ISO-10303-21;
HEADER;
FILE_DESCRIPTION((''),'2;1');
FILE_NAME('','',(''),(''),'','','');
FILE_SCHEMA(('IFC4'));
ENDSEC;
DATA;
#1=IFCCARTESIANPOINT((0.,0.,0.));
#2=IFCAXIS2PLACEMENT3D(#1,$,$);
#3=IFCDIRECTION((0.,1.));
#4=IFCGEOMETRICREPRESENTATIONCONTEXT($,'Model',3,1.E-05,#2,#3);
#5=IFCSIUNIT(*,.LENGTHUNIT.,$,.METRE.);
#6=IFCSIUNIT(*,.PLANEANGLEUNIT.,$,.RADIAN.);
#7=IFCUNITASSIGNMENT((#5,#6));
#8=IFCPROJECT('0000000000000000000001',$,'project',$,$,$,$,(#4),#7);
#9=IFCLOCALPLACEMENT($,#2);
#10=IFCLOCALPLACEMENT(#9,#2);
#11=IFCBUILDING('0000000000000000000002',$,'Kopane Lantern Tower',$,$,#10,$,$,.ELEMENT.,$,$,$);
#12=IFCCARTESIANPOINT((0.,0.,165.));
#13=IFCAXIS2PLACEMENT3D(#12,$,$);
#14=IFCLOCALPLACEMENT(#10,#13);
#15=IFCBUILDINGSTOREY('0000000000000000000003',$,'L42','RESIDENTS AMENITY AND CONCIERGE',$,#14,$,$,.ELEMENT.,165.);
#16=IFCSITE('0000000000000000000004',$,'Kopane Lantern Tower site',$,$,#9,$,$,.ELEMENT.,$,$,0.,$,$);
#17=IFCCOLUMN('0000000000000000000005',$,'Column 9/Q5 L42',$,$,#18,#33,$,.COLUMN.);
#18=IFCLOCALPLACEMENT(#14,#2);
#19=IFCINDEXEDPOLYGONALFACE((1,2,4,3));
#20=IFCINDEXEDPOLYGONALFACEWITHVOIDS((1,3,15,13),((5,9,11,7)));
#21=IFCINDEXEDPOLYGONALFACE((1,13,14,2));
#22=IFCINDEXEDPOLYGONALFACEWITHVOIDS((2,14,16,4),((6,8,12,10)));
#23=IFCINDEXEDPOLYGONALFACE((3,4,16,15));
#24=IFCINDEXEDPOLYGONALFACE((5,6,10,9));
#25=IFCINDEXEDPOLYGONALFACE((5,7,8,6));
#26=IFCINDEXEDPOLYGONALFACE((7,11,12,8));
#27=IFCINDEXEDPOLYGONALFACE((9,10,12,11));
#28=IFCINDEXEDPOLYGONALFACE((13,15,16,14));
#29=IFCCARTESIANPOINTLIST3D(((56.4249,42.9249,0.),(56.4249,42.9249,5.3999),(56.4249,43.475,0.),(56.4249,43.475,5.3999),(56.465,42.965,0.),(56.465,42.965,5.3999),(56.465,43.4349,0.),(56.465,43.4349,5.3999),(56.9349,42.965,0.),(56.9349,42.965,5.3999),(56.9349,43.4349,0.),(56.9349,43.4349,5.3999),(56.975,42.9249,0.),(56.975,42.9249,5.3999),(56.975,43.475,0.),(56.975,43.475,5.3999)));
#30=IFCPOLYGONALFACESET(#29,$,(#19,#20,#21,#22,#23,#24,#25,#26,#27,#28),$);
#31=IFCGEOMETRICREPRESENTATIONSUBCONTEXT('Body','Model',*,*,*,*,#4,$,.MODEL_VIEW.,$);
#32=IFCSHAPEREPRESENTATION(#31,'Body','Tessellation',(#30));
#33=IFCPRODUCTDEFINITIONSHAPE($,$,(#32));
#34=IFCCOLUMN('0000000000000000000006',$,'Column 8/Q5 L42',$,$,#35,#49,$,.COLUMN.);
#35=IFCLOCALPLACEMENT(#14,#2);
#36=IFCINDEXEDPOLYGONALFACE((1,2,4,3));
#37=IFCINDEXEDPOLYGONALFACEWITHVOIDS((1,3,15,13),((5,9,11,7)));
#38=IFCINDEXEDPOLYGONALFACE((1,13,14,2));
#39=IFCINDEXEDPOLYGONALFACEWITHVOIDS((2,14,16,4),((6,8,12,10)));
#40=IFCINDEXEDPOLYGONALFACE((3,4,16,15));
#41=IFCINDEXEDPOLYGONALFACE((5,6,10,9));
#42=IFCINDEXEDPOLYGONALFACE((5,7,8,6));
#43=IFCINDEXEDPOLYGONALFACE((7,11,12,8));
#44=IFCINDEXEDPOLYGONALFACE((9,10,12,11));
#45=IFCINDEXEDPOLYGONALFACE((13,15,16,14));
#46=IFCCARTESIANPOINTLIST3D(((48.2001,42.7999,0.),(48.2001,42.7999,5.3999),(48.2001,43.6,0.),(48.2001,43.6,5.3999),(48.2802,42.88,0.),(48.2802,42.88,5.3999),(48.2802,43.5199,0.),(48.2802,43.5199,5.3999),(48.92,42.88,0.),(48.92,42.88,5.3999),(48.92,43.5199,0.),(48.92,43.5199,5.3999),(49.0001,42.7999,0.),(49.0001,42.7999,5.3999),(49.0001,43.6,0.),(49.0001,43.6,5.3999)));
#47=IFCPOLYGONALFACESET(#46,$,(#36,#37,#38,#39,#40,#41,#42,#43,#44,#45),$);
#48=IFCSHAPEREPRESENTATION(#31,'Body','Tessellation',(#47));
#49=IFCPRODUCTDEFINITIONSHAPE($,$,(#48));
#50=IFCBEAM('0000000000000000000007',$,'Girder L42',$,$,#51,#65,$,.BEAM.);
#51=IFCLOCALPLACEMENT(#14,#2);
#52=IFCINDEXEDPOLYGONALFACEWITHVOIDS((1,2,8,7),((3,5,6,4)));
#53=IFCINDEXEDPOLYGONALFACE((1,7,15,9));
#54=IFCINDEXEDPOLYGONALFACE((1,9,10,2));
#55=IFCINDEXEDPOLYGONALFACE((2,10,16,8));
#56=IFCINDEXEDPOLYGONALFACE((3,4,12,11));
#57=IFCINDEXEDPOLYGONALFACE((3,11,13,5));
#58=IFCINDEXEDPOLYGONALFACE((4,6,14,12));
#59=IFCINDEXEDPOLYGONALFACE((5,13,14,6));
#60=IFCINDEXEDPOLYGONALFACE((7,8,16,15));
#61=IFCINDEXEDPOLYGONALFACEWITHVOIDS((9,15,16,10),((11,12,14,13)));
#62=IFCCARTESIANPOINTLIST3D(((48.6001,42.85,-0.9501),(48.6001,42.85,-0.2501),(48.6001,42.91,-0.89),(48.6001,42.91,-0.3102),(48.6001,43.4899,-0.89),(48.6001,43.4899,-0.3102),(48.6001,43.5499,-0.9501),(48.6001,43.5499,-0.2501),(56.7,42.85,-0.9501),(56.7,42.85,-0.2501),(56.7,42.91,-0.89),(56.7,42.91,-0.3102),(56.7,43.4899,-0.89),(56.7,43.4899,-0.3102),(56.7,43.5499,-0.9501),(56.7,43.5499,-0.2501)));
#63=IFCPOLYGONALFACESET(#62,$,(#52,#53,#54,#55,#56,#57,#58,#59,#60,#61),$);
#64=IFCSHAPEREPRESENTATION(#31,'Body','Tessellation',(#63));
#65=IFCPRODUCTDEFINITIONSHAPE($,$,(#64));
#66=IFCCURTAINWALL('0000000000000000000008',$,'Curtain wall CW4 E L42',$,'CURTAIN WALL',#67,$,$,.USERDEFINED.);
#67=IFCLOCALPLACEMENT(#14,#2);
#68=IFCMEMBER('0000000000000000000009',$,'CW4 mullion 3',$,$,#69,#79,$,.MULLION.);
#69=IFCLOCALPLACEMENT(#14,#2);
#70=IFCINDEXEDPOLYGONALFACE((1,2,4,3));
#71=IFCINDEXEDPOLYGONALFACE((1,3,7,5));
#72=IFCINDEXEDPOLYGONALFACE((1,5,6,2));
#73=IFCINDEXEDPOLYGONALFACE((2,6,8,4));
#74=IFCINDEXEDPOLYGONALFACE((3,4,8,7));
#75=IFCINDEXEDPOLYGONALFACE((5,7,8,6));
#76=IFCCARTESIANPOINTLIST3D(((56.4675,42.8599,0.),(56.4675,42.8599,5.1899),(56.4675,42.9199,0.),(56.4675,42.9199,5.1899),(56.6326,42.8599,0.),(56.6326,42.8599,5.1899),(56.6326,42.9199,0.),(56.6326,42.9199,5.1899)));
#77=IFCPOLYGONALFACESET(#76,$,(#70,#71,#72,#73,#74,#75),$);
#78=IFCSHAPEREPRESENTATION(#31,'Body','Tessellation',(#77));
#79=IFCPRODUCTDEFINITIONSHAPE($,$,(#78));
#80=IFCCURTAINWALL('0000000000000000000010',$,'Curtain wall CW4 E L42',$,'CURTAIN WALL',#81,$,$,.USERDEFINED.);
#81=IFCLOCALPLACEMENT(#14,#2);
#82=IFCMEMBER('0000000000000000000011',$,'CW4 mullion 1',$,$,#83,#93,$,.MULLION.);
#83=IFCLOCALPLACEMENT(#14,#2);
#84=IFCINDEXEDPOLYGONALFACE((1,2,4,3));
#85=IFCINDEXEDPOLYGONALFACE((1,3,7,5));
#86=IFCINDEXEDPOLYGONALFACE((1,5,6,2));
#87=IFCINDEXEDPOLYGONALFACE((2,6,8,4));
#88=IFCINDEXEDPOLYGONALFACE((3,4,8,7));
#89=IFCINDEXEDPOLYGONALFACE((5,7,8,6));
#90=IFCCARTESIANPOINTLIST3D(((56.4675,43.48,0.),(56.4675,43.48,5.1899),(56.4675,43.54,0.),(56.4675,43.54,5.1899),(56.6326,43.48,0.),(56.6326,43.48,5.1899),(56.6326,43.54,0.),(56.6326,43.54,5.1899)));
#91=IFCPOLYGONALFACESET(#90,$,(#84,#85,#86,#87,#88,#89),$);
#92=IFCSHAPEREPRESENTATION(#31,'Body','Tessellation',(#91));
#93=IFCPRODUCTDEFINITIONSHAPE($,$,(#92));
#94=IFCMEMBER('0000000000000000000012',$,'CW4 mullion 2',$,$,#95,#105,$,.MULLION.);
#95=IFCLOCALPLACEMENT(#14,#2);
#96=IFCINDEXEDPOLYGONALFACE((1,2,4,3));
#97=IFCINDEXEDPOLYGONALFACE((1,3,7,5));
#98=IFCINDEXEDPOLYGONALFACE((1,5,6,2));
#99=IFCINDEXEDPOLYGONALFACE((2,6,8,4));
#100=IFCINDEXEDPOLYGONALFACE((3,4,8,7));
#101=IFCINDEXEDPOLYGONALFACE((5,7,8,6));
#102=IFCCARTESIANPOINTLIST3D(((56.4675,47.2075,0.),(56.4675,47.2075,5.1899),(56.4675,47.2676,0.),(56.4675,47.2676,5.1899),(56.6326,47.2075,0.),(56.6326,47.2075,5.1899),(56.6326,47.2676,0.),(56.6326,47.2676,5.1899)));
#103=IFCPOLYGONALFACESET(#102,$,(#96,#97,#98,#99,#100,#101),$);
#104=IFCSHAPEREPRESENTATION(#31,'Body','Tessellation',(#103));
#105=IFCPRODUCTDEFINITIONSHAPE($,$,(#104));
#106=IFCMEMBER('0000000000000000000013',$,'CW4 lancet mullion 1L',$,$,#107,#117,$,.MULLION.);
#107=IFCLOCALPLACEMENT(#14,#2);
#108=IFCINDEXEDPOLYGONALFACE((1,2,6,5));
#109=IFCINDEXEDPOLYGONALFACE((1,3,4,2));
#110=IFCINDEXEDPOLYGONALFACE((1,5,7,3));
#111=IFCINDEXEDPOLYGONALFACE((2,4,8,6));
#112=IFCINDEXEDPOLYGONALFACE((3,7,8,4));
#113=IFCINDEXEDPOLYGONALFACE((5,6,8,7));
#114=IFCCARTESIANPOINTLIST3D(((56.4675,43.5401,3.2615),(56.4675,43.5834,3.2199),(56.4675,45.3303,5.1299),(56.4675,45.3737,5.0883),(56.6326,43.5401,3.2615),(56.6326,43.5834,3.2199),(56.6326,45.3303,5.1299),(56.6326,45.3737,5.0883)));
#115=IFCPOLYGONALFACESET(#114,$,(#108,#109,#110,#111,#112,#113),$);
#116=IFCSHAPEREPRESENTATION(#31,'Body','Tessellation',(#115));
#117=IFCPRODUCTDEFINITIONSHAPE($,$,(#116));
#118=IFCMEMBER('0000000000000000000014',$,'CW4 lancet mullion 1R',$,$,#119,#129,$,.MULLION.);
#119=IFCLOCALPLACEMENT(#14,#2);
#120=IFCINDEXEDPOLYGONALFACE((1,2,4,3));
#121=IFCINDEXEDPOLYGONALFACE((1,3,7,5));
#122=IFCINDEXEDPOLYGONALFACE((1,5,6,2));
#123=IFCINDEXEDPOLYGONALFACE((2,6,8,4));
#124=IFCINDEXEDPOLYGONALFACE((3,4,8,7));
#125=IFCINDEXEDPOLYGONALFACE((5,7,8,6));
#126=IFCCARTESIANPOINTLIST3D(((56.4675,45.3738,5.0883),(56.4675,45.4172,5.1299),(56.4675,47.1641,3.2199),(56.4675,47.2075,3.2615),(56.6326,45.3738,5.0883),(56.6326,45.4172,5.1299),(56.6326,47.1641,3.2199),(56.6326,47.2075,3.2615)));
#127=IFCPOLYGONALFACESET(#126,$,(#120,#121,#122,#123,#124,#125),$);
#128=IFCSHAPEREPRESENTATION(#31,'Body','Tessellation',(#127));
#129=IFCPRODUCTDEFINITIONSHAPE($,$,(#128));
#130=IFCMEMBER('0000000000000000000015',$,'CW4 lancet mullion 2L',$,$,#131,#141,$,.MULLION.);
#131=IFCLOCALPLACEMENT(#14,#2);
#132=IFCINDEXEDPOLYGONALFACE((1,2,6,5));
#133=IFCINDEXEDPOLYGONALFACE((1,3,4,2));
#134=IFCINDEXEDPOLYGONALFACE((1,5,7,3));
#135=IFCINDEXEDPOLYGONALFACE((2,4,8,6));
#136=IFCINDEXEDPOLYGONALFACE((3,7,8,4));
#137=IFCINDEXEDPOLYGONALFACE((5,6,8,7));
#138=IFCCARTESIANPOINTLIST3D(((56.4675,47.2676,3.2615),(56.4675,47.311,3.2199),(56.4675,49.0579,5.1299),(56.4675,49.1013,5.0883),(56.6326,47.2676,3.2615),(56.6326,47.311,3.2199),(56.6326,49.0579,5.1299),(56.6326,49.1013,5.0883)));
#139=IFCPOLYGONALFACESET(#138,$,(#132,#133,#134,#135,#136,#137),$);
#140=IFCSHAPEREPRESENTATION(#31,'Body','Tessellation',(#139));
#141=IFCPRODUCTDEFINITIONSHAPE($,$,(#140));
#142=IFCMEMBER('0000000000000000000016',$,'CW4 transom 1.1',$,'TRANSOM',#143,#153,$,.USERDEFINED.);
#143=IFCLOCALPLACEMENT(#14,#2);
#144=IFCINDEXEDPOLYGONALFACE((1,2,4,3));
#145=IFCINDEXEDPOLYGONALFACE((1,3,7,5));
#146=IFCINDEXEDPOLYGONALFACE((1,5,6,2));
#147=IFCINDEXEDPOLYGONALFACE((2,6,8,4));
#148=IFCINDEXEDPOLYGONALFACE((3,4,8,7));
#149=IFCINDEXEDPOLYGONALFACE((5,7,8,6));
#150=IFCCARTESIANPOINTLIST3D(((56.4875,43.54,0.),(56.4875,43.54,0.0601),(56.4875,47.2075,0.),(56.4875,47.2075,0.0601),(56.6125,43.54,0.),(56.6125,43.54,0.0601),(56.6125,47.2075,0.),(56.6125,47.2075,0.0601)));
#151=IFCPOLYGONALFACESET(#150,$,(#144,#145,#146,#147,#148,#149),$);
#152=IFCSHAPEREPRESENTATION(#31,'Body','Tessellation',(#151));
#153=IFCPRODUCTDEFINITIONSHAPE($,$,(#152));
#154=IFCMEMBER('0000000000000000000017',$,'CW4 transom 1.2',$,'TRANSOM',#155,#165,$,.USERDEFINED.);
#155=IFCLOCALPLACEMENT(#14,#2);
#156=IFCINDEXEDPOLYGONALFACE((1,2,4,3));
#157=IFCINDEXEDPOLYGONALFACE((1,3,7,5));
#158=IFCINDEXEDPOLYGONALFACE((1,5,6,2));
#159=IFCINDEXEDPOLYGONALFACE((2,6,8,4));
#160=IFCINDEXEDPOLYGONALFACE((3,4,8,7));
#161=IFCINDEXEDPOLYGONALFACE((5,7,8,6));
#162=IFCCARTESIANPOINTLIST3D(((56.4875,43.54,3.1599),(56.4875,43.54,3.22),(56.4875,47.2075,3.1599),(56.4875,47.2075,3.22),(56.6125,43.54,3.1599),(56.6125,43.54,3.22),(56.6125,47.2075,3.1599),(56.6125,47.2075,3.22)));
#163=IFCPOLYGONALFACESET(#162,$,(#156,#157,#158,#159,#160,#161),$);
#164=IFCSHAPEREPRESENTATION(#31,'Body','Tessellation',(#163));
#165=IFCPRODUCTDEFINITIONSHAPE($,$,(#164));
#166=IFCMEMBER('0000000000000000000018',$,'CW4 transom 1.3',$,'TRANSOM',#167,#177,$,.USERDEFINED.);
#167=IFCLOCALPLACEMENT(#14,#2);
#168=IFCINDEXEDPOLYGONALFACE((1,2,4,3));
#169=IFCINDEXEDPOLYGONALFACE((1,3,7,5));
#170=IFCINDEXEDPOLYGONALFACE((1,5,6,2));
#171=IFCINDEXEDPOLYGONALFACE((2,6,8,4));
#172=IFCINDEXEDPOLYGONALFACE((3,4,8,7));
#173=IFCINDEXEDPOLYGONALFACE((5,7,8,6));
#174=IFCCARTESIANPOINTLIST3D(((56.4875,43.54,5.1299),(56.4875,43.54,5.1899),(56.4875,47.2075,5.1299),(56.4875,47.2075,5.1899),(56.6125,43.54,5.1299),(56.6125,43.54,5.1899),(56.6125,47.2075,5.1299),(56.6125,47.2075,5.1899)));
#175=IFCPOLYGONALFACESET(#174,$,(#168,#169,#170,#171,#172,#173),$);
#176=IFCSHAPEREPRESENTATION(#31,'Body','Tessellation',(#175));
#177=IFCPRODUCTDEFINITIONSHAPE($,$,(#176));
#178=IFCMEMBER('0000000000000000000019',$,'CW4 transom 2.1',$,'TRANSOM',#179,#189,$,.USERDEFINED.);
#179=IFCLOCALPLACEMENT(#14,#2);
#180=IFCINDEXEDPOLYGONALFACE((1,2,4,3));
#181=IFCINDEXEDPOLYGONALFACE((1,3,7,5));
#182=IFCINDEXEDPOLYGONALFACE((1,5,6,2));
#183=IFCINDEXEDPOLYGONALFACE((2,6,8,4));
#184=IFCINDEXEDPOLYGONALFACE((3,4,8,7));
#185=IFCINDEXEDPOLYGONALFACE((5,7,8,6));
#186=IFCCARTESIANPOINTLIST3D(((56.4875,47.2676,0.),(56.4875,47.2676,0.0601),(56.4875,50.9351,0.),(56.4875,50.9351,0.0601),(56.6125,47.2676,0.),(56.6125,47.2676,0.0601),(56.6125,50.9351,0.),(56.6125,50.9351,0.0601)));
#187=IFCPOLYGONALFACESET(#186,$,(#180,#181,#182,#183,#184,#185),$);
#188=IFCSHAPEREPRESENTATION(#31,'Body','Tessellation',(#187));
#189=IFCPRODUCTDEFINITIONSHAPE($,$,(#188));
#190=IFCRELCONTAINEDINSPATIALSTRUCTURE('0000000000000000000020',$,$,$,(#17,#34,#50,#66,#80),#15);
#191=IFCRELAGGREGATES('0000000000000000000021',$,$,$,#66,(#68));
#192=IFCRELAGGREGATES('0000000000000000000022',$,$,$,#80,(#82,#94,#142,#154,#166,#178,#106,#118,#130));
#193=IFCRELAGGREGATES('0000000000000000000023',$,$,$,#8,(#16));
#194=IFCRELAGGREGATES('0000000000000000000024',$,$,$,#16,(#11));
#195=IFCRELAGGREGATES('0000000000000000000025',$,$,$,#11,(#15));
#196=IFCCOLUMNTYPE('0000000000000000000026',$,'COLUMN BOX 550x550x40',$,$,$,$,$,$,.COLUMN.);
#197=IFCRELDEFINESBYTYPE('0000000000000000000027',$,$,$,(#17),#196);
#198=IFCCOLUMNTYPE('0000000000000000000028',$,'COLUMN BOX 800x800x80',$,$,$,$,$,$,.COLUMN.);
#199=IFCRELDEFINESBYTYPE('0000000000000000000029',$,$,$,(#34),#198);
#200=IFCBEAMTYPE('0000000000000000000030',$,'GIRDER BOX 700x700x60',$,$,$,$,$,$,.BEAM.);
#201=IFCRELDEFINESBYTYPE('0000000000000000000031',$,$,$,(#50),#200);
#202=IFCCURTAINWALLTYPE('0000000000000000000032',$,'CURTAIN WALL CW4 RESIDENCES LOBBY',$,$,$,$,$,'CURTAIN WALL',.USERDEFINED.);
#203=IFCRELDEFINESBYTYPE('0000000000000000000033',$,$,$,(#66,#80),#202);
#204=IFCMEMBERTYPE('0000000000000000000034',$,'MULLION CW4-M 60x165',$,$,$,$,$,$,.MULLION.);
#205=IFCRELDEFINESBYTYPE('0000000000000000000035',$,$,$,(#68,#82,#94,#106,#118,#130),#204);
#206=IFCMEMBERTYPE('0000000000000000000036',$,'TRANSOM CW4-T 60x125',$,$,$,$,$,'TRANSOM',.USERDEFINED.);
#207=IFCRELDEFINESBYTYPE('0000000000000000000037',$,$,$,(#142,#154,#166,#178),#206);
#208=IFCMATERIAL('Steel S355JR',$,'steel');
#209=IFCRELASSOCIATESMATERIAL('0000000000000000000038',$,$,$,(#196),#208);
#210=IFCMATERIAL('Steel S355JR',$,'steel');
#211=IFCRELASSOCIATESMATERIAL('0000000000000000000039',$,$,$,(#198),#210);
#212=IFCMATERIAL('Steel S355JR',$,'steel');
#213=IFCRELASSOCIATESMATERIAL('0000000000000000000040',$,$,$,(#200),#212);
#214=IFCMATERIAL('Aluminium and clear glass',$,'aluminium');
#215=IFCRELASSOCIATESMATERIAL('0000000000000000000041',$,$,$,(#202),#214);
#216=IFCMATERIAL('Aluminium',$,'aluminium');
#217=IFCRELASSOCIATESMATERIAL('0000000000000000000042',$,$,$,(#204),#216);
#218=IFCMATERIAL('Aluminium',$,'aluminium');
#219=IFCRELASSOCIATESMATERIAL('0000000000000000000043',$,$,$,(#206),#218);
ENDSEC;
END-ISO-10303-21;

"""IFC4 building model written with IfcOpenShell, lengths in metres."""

from ifc_helpers import new_model, si_unit, direction, frame, origin, origin_2d, place, context, subcontext, project, spatial, rectangle, hollow_rectangle, extrude, material, material_profile, profile_set, type_object, element, aggregate, save


model = new_model("IFC4")

# Units and contexts
model_context = context("Model", 3, precision=1e-05, world=origin(), true_north=direction((0.0, 1.0)))
body_context = subcontext(model_context, "Body", "Model", "MODEL_VIEW")
ifc_project = project(units=[si_unit("LENGTHUNIT", "METRE"), si_unit("PLANEANGLEUNIT", "RADIAN")], contexts=[model_context])

# Site, building, storey
site_placement = place(None, origin())
site = spatial("IfcSite", under=ifc_project, at=site_placement, Name="Kopane Lantern Tower site", CompositionType="ELEMENT", RefElevation=0.0)
building_placement = place(site_placement, origin())
building = spatial("IfcBuilding", under=site, at=building_placement, Name="Kopane Lantern Tower", CompositionType="ELEMENT")
storey_placement = place(building_placement, frame((0.0, 0.0, 165.0)))
storey = spatial("IfcBuildingStorey", under=building, at=storey_placement, Name="L42", Description="RESIDENTS AMENITY AND CONCIERGE", CompositionType="ELEMENT", Elevation=165.0)

# Columns
ifc_material_1 = material(Name="Steel S355JR", Category="steel")
ifc_material_profile_1 = material_profile(ifc_material_1, hollow_rectangle(XDim=0.55, YDim=0.55, WallThickness=0.04, at=origin_2d()), Name="BOX 550x550x40")
ifc_profile_set_1 = profile_set([ifc_material_profile_1], Name="Steel S355JR")
column_type_1 = type_object("IfcColumnType", Name="COLUMN BOX 550x550x40", PredefinedType="COLUMN", material=ifc_profile_set_1)
column_1_placement = place(storey_placement, frame((56.7, 43.2, 0.0), z_axis=(0.0, 0.0, 1.0), x_axis=(1.0, 0.0, 0.0)))
element("IfcColumn", 1, at=column_1_placement, inside=storey, type_object=column_type_1, Name="Column 9/Q5 L42", PredefinedType="COLUMN", context=body_context, shape_type="SweptSolid", body=[
    extrude(hollow_rectangle(XDim=0.55, YDim=0.55, WallThickness=0.04, at=origin_2d()), origin(), (0.0, 0.0, 1.0), 5.3999),
])
ifc_material_2 = material(Name="Steel S355JR", Category="steel")
ifc_material_profile_2 = material_profile(ifc_material_2, hollow_rectangle(XDim=0.8, YDim=0.8, WallThickness=0.0801, at=origin_2d()), Name="BOX 800x800x80")
ifc_profile_set_2 = profile_set([ifc_material_profile_2], Name="Steel S355JR")
column_type_2 = type_object("IfcColumnType", Name="COLUMN BOX 800x800x80", PredefinedType="COLUMN", material=ifc_profile_set_2)
column_2_placement = place(storey_placement, frame((48.6001, 43.2, 0.0), z_axis=(0.0, 0.0, 1.0), x_axis=(1.0, 0.0, 0.0)))
element("IfcColumn", 2, at=column_2_placement, inside=storey, type_object=column_type_2, Name="Column 8/Q5 L42", PredefinedType="COLUMN", context=body_context, shape_type="SweptSolid", body=[
    extrude(hollow_rectangle(XDim=0.8, YDim=0.8, WallThickness=0.0801, at=origin_2d()), origin(), (0.0, 0.0, 1.0), 5.3999),
])

# Beam
ifc_material_3 = material(Name="Steel S355JR", Category="steel")
ifc_material_profile_3 = material_profile(ifc_material_3, hollow_rectangle(XDim=0.7, YDim=0.7, WallThickness=0.0601, at=origin_2d()), Name="BOX 700x700x60")
ifc_profile_set_3 = profile_set([ifc_material_profile_3], Name="Steel S355JR")
beam_type = type_object("IfcBeamType", Name="GIRDER BOX 700x700x60", PredefinedType="BEAM", material=ifc_profile_set_3)
beam_placement = place(storey_placement, frame((48.6001, 43.2, -0.6001), z_axis=(1.0, 0.0, 0.0), x_axis=(0.0, 1.0, 0.0)))
element("IfcBeam", 3, at=beam_placement, inside=storey, type_object=beam_type, Name="Girder L42", PredefinedType="BEAM", context=body_context, shape_type="SweptSolid", body=[
    extrude(hollow_rectangle(XDim=0.7, YDim=0.7, WallThickness=0.0601, at=origin_2d()), origin(), (0.0, 0.0, 1.0), 8.0999),
])

# Curtain wall, member
ifc_material_4 = material(Name="Aluminium and clear glass", Category="aluminium")
curtain_wall_type = type_object("IfcCurtainWallType", Name="CURTAIN WALL CW4 RESIDENCES LOBBY", ElementType="CURTAIN WALL", PredefinedType="USERDEFINED", material=ifc_material_4)
curtain_wall_1_placement = place(storey_placement, origin())
curtain_wall_1 = element("IfcCurtainWall", 4, at=curtain_wall_1_placement, inside=storey, type_object=curtain_wall_type, Name="Curtain wall CW4 E L42", ObjectType="CURTAIN WALL", PredefinedType="USERDEFINED")
ifc_material_5 = material(Name="Aluminium", Category="aluminium")
ifc_material_profile_4 = material_profile(ifc_material_5, rectangle(XDim=0.0601, YDim=0.165, at=origin_2d()), Name="AL 60x165")
ifc_profile_set_4 = profile_set([ifc_material_profile_4], Name="Aluminium")
member_type_1 = type_object("IfcMemberType", Name="MULLION CW4-M 60x165", PredefinedType="MULLION", material=ifc_profile_set_4)
member_1_placement = place(storey_placement, frame((56.55, 42.8899, 0.0), z_axis=(0.0, 0.0, 1.0), x_axis=(0.0, 1.0, 0.0)))
member_1 = element("IfcMember", 5, at=member_1_placement, type_object=member_type_1, Name="CW4 mullion 3", PredefinedType="MULLION", context=body_context, shape_type="SweptSolid", body=[
    extrude(rectangle(XDim=0.0601, YDim=0.165, at=origin_2d()), origin(), (0.0, 0.0, 1.0), 5.1899),
])

# Curtain wall, members
curtain_wall_2_placement = place(storey_placement, origin())
curtain_wall_2 = element("IfcCurtainWall", 6, at=curtain_wall_2_placement, inside=storey, type_object=curtain_wall_type, Name="Curtain wall CW4 E L42", ObjectType="CURTAIN WALL", PredefinedType="USERDEFINED")
member_2_placement = place(storey_placement, frame((56.55, 43.51, 0.0), z_axis=(0.0, 0.0, 1.0), x_axis=(0.0, 1.0, 0.0)))
member_2 = element("IfcMember", 7, at=member_2_placement, type_object=member_type_1, Name="CW4 mullion 1", PredefinedType="MULLION", context=body_context, shape_type="SweptSolid", body=[
    extrude(rectangle(XDim=0.0601, YDim=0.165, at=origin_2d()), origin(), (0.0, 0.0, 1.0), 5.1899),
])
member_3_placement = place(storey_placement, frame((56.55, 47.2375, 0.0), z_axis=(0.0, 0.0, 1.0), x_axis=(0.0, 1.0, 0.0)))
member_3 = element("IfcMember", 8, at=member_3_placement, type_object=member_type_1, Name="CW4 mullion 2", PredefinedType="MULLION", context=body_context, shape_type="SweptSolid", body=[
    extrude(rectangle(XDim=0.0601, YDim=0.165, at=origin_2d()), origin(), (0.0, 0.0, 1.0), 5.1899),
])
member_4_placement = place(storey_placement, frame((56.55, 43.5618, 3.2407), z_axis=(0.0, 0.69185, 0.722041), x_axis=(0.0, -0.722041, 0.69185)))
member_4 = element("IfcMember", 9, at=member_4_placement, type_object=member_type_1, Name="CW4 lancet mullion 1L", PredefinedType="MULLION", context=body_context, shape_type="SweptSolid", body=[
    extrude(rectangle(XDim=0.0601, YDim=0.165, at=origin_2d()), origin(), (0.0, 0.0, 1.0), 2.5876),
])
member_5_placement = place(storey_placement, frame((56.55, 47.1858, 3.2407), z_axis=(0.0, -0.69185, 0.722041), x_axis=(0.0, 0.722041, 0.69185)))
member_5 = element("IfcMember", 10, at=member_5_placement, type_object=member_type_1, Name="CW4 lancet mullion 1R", PredefinedType="MULLION", context=body_context, shape_type="SweptSolid", body=[
    extrude(rectangle(XDim=0.0601, YDim=0.165, at=origin_2d()), origin(), (0.0, 0.0, 1.0), 2.5876),
])
member_6_placement = place(storey_placement, frame((56.55, 47.2893, 3.2407), z_axis=(0.0, 0.69185, 0.722041), x_axis=(0.0, -0.722041, 0.69185)))
member_6 = element("IfcMember", 11, at=member_6_placement, type_object=member_type_1, Name="CW4 lancet mullion 2L", PredefinedType="MULLION", context=body_context, shape_type="SweptSolid", body=[
    extrude(rectangle(XDim=0.0601, YDim=0.165, at=origin_2d()), origin(), (0.0, 0.0, 1.0), 2.5876),
])
ifc_material_6 = material(Name="Aluminium", Category="aluminium")
ifc_material_profile_5 = material_profile(ifc_material_6, rectangle(XDim=0.125, YDim=0.0601, at=origin_2d()), Name="AL 125x60")
ifc_profile_set_5 = profile_set([ifc_material_profile_5], Name="Aluminium")
member_type_2 = type_object("IfcMemberType", Name="TRANSOM CW4-T 60x125", ElementType="TRANSOM", PredefinedType="USERDEFINED", material=ifc_profile_set_5)
member_7_placement = place(storey_placement, frame((56.55, 43.54, 0.03), z_axis=(0.0, 1.0, 0.0), x_axis=(-1.0, 0.0, 0.0)))
member_7 = element("IfcMember", 12, at=member_7_placement, type_object=member_type_2, Name="CW4 transom 1.1", ObjectType="TRANSOM", PredefinedType="USERDEFINED", context=body_context, shape_type="SweptSolid", body=[
    extrude(rectangle(XDim=0.125, YDim=0.0601, at=origin_2d()), origin(), (0.0, 0.0, 1.0), 3.6675),
])
member_8_placement = place(storey_placement, frame((56.55, 43.54, 3.1899), z_axis=(0.0, 1.0, 0.0), x_axis=(-1.0, 0.0, 0.0)))
member_8 = element("IfcMember", 13, at=member_8_placement, type_object=member_type_2, Name="CW4 transom 1.2", ObjectType="TRANSOM", PredefinedType="USERDEFINED", context=body_context, shape_type="SweptSolid", body=[
    extrude(rectangle(XDim=0.125, YDim=0.0601, at=origin_2d()), origin(), (0.0, 0.0, 1.0), 3.6675),
])
member_9_placement = place(storey_placement, frame((56.55, 43.54, 5.1599), z_axis=(0.0, 1.0, 0.0), x_axis=(-1.0, 0.0, 0.0)))
member_9 = element("IfcMember", 14, at=member_9_placement, type_object=member_type_2, Name="CW4 transom 1.3", ObjectType="TRANSOM", PredefinedType="USERDEFINED", context=body_context, shape_type="SweptSolid", body=[
    extrude(rectangle(XDim=0.125, YDim=0.0601, at=origin_2d()), origin(), (0.0, 0.0, 1.0), 3.6675),
])
member_10_placement = place(storey_placement, frame((56.55, 47.2676, 0.03), z_axis=(0.0, 1.0, 0.0), x_axis=(-1.0, 0.0, 0.0)))
member_10 = element("IfcMember", 15, at=member_10_placement, type_object=member_type_2, Name="CW4 transom 2.1", ObjectType="TRANSOM", PredefinedType="USERDEFINED", context=body_context, shape_type="SweptSolid", body=[
    extrude(rectangle(XDim=0.125, YDim=0.0601, at=origin_2d()), origin(), (0.0, 0.0, 1.0), 3.6675),
])

aggregate(curtain_wall_1, [member_1])
aggregate(curtain_wall_2, [member_2, member_3, member_7, member_8, member_9, member_10, member_4, member_5, member_6])

save(model, "model.ifc")
